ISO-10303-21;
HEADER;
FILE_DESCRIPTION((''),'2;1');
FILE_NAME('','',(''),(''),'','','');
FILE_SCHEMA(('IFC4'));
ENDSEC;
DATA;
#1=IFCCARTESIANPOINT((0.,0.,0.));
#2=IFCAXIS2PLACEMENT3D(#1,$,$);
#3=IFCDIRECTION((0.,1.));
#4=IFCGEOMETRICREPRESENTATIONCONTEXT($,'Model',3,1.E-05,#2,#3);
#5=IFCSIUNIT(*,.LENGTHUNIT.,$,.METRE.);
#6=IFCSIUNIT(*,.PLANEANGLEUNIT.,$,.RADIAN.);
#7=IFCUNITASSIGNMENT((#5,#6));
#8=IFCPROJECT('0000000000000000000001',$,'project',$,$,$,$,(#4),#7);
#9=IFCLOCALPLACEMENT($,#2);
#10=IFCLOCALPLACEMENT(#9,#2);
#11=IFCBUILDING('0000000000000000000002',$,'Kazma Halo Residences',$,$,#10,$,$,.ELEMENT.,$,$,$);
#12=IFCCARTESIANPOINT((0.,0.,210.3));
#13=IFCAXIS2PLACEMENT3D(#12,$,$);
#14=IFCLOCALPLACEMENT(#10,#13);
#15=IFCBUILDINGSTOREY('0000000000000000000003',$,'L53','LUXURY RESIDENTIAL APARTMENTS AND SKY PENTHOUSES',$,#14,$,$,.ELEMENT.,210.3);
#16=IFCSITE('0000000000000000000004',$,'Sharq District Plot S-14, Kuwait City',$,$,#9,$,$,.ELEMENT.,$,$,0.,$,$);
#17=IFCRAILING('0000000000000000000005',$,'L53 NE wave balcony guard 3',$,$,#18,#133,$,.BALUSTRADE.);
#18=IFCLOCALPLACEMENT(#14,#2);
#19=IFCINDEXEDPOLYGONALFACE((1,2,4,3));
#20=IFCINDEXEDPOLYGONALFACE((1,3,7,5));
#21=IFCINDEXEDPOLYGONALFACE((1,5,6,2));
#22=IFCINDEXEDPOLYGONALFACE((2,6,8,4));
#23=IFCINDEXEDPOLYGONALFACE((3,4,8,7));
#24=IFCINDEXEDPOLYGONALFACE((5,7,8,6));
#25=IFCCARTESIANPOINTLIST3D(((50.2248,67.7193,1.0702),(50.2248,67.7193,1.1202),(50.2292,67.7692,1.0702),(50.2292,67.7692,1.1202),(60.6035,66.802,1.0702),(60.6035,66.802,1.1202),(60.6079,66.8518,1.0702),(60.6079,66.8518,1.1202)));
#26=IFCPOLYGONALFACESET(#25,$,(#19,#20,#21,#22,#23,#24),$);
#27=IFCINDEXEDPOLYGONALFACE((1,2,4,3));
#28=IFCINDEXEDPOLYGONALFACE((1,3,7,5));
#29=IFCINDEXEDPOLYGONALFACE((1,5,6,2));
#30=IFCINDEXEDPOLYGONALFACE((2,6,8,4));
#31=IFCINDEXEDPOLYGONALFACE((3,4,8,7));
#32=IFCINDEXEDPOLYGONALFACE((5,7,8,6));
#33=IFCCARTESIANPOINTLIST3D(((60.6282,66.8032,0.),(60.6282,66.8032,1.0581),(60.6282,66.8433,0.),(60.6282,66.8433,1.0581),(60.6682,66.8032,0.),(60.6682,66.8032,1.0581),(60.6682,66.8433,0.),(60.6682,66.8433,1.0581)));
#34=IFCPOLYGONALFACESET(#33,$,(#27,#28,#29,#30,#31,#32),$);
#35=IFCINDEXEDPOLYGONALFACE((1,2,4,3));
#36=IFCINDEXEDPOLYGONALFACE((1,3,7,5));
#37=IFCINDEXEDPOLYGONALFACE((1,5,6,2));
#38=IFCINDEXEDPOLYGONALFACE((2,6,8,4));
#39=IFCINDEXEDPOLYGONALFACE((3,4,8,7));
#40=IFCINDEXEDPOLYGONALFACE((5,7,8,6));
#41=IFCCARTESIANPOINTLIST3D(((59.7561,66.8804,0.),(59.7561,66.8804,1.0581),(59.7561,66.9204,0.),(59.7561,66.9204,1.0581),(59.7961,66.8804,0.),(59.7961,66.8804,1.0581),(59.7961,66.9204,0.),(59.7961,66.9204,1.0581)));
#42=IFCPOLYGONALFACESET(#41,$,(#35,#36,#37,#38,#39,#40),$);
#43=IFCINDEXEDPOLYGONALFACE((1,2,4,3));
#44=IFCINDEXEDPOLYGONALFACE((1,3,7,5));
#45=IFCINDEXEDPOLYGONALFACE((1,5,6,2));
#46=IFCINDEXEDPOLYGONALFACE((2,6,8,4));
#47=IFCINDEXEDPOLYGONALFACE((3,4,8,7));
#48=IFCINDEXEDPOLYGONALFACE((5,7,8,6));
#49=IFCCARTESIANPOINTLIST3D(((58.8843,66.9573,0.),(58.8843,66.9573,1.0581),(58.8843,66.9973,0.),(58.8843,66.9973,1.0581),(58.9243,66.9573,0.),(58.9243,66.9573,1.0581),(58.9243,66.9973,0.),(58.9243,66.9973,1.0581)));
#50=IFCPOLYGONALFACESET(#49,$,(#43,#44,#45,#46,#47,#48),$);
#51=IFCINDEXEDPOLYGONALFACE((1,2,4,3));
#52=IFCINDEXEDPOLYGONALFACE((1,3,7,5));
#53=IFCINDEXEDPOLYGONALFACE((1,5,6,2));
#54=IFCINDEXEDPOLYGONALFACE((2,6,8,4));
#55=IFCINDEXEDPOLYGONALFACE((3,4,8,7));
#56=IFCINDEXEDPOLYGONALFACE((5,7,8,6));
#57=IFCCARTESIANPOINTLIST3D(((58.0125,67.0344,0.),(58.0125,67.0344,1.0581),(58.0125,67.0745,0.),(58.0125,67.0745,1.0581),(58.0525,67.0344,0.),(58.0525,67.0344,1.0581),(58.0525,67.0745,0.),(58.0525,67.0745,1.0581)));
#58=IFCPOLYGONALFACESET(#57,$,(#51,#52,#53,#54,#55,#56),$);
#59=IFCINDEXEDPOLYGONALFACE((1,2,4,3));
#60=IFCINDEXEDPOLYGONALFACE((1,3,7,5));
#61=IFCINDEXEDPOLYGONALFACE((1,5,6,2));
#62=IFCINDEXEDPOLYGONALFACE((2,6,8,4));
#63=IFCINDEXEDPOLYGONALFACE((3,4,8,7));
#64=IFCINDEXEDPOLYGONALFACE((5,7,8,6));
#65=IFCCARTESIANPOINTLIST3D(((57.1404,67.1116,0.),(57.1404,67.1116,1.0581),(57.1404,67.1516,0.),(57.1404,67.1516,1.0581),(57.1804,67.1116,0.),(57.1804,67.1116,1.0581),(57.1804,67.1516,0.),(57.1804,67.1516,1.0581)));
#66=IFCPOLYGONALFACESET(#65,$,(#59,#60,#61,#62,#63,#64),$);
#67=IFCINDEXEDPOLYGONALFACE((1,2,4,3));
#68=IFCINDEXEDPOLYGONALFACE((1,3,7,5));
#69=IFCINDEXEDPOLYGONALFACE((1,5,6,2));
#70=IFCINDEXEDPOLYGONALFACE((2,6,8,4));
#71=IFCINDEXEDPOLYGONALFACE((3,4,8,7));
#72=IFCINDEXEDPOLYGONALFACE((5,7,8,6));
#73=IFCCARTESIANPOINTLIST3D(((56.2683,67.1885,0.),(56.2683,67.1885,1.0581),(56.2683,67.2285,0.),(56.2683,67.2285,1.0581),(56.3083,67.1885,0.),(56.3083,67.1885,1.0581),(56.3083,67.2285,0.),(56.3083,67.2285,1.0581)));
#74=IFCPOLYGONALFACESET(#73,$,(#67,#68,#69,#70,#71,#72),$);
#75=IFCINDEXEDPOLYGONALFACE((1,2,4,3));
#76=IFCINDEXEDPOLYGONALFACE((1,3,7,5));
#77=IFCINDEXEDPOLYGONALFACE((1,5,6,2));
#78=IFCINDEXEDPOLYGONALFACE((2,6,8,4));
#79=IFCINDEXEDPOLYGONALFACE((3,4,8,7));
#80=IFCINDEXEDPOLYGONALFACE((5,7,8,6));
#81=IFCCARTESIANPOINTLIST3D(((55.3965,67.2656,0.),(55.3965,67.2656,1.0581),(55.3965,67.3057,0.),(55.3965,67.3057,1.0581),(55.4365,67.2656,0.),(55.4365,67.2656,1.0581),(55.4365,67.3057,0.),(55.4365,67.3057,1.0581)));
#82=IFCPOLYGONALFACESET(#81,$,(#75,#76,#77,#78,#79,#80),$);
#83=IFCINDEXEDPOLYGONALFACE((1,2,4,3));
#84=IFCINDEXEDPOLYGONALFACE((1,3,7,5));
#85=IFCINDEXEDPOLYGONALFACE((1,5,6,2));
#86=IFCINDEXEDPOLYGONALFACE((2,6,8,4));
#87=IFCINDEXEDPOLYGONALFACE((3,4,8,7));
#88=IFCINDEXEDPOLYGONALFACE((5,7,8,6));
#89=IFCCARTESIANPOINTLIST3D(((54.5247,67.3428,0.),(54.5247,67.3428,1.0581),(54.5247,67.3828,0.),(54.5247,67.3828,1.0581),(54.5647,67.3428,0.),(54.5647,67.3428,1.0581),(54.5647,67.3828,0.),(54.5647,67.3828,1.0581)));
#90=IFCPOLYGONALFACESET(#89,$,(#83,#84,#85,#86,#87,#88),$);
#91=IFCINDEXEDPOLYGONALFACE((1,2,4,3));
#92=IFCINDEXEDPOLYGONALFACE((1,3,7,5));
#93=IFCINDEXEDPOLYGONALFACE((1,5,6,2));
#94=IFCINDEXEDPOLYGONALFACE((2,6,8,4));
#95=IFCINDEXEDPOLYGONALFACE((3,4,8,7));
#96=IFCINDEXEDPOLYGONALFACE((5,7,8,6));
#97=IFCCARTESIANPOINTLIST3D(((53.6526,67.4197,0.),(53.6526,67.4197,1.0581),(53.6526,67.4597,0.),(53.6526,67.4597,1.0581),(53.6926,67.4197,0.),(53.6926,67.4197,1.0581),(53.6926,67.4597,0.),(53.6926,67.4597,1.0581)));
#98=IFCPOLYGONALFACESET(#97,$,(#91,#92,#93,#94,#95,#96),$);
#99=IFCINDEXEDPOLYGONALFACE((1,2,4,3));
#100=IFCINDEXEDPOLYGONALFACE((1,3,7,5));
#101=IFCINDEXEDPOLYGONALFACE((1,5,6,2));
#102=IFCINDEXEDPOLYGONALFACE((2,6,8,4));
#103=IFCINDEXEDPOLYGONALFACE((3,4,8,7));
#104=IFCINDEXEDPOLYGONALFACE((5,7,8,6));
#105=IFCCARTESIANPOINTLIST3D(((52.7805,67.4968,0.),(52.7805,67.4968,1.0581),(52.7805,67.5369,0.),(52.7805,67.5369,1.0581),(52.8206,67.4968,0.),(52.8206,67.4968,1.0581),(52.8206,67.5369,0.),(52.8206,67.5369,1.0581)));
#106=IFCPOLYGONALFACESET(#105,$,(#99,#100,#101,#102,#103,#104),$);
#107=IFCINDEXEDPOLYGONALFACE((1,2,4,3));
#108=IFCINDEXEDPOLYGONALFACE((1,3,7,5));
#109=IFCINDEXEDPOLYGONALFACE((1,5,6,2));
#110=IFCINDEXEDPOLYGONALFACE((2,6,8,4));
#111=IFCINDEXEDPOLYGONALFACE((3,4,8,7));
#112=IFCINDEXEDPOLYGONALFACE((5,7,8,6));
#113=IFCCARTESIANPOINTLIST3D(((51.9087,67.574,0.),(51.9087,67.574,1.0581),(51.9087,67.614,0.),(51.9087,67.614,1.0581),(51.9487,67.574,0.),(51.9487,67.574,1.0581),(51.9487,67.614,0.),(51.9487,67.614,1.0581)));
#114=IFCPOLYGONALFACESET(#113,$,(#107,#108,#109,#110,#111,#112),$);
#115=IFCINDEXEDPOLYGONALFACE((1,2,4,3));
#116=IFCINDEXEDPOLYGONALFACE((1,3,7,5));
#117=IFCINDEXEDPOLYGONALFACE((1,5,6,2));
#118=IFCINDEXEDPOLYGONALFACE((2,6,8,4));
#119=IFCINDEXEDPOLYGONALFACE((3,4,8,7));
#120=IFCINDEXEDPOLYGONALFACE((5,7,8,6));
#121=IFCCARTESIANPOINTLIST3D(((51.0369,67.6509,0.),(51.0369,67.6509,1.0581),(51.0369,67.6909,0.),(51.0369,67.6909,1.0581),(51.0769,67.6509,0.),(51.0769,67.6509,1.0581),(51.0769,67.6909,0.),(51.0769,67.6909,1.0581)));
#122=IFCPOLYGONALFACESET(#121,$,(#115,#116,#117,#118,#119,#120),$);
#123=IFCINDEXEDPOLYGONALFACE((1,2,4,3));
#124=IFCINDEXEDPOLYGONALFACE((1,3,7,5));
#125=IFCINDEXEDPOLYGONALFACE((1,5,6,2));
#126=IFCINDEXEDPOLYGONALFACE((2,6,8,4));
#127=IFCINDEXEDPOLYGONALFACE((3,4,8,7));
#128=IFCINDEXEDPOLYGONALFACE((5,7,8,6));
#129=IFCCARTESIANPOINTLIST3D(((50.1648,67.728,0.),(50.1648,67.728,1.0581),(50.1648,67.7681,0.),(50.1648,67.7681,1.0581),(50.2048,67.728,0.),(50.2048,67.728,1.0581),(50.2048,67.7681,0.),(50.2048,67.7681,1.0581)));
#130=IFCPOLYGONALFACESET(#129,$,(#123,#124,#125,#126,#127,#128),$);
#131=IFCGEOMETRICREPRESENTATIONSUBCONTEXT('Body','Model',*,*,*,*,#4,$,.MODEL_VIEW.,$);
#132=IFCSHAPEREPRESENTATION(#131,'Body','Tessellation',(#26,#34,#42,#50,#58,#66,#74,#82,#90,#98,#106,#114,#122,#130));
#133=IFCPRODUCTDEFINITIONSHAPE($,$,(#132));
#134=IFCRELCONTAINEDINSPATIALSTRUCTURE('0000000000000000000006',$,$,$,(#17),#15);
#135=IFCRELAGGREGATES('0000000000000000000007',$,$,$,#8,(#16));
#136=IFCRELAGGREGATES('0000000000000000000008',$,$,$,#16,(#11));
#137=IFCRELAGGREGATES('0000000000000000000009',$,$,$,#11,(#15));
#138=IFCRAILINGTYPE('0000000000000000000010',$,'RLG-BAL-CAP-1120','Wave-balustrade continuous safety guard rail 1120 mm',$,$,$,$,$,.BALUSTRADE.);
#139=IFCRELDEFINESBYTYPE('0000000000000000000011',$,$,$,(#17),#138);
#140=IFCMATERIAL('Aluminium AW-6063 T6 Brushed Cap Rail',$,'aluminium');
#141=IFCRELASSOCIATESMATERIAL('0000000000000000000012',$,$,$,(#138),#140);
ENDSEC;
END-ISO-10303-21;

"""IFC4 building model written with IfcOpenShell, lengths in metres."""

from ifc_helpers import new_model, si_unit, direction, frame, origin, origin_2d, place, context, subcontext, project, spatial, rectangle, extrude, material, type_object, element, save


model = new_model("IFC4")

# Units and contexts
model_context = context("Model", 3, precision=1e-05, world=origin(), true_north=direction((0.0, 1.0)))
body_context = subcontext(model_context, "Body", "Model", "MODEL_VIEW")
ifc_project = project(units=[si_unit("LENGTHUNIT", "METRE"), si_unit("PLANEANGLEUNIT", "RADIAN")], contexts=[model_context])

# Site, building, storey
site_placement = place(None, origin())
site = spatial("IfcSite", under=ifc_project, at=site_placement, Name="Sharq District Plot S-14, Kuwait City", CompositionType="ELEMENT", RefElevation=0.0)
building_placement = place(site_placement, origin())
building = spatial("IfcBuilding", under=site, at=building_placement, Name="Kazma Halo Residences", CompositionType="ELEMENT")
storey_placement = place(building_placement, frame((0.0, 0.0, 210.3)))
storey = spatial("IfcBuildingStorey", under=building, at=storey_placement, Name="L53", Description="LUXURY RESIDENTIAL APARTMENTS AND SKY PENTHOUSES", CompositionType="ELEMENT", Elevation=210.3)

# Railing
ifc_material_1 = material(Name="Aluminium AW-6063 T6 Brushed Cap Rail", Category="aluminium")
railing_type = type_object("IfcRailingType", Name="RLG-BAL-CAP-1120", Description="Wave-balustrade continuous safety guard rail 1120 mm", PredefinedType="BALUSTRADE", material=ifc_material_1)
railing_1_placement = place(storey_placement, frame((60.6482, 66.8232, 0.0)))
element("IfcRailing", 1, at=railing_1_placement, inside=storey, type_object=railing_type, Name="L53 NE wave balcony guard 3", PredefinedType="BALUSTRADE", context=body_context, shape_type="SweptSolid", body=[
    extrude(rectangle(XDim=0.05, YDim=0.05, at=origin_2d()), frame((-0.0425, 0.0037, 1.0952), z_axis=(-0.996117, 0.088042, 0.0), x_axis=(-0.088042, -0.996117, 0.0)), (0.0, 0.0, 1.0), 10.4192),
    extrude(rectangle(XDim=0.04, YDim=0.04, at=origin_2d()), origin(), (0.0, 0.0, 1.0), 1.0581),
    extrude(rectangle(XDim=0.04, YDim=0.04, at=origin_2d()), frame((-0.8721, 0.0771, 0.0)), (0.0, 0.0, 1.0), 1.0581),
    extrude(rectangle(XDim=0.04, YDim=0.04, at=origin_2d()), frame((-1.7439, 0.1541, 0.0)), (0.0, 0.0, 1.0), 1.0581),
    extrude(rectangle(XDim=0.04, YDim=0.04, at=origin_2d()), frame((-2.6157, 0.2312, 0.0)), (0.0, 0.0, 1.0), 1.0581),
    extrude(rectangle(XDim=0.04, YDim=0.04, at=origin_2d()), frame((-3.4878, 0.3083, 0.0)), (0.0, 0.0, 1.0), 1.0581),
    extrude(rectangle(XDim=0.04, YDim=0.04, at=origin_2d()), frame((-4.3599, 0.3853, 0.0)), (0.0, 0.0, 1.0), 1.0581),
    extrude(rectangle(XDim=0.04, YDim=0.04, at=origin_2d()), frame((-5.2317, 0.4624, 0.0)), (0.0, 0.0, 1.0), 1.0581),
    extrude(rectangle(XDim=0.04, YDim=0.04, at=origin_2d()), frame((-6.1035, 0.5396, 0.0)), (0.0, 0.0, 1.0), 1.0581),
    extrude(rectangle(XDim=0.04, YDim=0.04, at=origin_2d()), frame((-6.9756, 0.6165, 0.0)), (0.0, 0.0, 1.0), 1.0581),
    extrude(rectangle(XDim=0.04, YDim=0.04, at=origin_2d()), frame((-7.8477, 0.6936, 0.0)), (0.0, 0.0, 1.0), 1.0581),
    extrude(rectangle(XDim=0.04, YDim=0.04, at=origin_2d()), frame((-8.7195, 0.7708, 0.0)), (0.0, 0.0, 1.0), 1.0581),
    extrude(rectangle(XDim=0.04, YDim=0.04, at=origin_2d()), frame((-9.5913, 0.8477, 0.0)), (0.0, 0.0, 1.0), 1.0581),
    extrude(rectangle(XDim=0.04, YDim=0.04, at=origin_2d()), frame((-10.4634, 0.9248, 0.0)), (0.0, 0.0, 1.0), 1.0581),
])

save(model, "model.ifc")
